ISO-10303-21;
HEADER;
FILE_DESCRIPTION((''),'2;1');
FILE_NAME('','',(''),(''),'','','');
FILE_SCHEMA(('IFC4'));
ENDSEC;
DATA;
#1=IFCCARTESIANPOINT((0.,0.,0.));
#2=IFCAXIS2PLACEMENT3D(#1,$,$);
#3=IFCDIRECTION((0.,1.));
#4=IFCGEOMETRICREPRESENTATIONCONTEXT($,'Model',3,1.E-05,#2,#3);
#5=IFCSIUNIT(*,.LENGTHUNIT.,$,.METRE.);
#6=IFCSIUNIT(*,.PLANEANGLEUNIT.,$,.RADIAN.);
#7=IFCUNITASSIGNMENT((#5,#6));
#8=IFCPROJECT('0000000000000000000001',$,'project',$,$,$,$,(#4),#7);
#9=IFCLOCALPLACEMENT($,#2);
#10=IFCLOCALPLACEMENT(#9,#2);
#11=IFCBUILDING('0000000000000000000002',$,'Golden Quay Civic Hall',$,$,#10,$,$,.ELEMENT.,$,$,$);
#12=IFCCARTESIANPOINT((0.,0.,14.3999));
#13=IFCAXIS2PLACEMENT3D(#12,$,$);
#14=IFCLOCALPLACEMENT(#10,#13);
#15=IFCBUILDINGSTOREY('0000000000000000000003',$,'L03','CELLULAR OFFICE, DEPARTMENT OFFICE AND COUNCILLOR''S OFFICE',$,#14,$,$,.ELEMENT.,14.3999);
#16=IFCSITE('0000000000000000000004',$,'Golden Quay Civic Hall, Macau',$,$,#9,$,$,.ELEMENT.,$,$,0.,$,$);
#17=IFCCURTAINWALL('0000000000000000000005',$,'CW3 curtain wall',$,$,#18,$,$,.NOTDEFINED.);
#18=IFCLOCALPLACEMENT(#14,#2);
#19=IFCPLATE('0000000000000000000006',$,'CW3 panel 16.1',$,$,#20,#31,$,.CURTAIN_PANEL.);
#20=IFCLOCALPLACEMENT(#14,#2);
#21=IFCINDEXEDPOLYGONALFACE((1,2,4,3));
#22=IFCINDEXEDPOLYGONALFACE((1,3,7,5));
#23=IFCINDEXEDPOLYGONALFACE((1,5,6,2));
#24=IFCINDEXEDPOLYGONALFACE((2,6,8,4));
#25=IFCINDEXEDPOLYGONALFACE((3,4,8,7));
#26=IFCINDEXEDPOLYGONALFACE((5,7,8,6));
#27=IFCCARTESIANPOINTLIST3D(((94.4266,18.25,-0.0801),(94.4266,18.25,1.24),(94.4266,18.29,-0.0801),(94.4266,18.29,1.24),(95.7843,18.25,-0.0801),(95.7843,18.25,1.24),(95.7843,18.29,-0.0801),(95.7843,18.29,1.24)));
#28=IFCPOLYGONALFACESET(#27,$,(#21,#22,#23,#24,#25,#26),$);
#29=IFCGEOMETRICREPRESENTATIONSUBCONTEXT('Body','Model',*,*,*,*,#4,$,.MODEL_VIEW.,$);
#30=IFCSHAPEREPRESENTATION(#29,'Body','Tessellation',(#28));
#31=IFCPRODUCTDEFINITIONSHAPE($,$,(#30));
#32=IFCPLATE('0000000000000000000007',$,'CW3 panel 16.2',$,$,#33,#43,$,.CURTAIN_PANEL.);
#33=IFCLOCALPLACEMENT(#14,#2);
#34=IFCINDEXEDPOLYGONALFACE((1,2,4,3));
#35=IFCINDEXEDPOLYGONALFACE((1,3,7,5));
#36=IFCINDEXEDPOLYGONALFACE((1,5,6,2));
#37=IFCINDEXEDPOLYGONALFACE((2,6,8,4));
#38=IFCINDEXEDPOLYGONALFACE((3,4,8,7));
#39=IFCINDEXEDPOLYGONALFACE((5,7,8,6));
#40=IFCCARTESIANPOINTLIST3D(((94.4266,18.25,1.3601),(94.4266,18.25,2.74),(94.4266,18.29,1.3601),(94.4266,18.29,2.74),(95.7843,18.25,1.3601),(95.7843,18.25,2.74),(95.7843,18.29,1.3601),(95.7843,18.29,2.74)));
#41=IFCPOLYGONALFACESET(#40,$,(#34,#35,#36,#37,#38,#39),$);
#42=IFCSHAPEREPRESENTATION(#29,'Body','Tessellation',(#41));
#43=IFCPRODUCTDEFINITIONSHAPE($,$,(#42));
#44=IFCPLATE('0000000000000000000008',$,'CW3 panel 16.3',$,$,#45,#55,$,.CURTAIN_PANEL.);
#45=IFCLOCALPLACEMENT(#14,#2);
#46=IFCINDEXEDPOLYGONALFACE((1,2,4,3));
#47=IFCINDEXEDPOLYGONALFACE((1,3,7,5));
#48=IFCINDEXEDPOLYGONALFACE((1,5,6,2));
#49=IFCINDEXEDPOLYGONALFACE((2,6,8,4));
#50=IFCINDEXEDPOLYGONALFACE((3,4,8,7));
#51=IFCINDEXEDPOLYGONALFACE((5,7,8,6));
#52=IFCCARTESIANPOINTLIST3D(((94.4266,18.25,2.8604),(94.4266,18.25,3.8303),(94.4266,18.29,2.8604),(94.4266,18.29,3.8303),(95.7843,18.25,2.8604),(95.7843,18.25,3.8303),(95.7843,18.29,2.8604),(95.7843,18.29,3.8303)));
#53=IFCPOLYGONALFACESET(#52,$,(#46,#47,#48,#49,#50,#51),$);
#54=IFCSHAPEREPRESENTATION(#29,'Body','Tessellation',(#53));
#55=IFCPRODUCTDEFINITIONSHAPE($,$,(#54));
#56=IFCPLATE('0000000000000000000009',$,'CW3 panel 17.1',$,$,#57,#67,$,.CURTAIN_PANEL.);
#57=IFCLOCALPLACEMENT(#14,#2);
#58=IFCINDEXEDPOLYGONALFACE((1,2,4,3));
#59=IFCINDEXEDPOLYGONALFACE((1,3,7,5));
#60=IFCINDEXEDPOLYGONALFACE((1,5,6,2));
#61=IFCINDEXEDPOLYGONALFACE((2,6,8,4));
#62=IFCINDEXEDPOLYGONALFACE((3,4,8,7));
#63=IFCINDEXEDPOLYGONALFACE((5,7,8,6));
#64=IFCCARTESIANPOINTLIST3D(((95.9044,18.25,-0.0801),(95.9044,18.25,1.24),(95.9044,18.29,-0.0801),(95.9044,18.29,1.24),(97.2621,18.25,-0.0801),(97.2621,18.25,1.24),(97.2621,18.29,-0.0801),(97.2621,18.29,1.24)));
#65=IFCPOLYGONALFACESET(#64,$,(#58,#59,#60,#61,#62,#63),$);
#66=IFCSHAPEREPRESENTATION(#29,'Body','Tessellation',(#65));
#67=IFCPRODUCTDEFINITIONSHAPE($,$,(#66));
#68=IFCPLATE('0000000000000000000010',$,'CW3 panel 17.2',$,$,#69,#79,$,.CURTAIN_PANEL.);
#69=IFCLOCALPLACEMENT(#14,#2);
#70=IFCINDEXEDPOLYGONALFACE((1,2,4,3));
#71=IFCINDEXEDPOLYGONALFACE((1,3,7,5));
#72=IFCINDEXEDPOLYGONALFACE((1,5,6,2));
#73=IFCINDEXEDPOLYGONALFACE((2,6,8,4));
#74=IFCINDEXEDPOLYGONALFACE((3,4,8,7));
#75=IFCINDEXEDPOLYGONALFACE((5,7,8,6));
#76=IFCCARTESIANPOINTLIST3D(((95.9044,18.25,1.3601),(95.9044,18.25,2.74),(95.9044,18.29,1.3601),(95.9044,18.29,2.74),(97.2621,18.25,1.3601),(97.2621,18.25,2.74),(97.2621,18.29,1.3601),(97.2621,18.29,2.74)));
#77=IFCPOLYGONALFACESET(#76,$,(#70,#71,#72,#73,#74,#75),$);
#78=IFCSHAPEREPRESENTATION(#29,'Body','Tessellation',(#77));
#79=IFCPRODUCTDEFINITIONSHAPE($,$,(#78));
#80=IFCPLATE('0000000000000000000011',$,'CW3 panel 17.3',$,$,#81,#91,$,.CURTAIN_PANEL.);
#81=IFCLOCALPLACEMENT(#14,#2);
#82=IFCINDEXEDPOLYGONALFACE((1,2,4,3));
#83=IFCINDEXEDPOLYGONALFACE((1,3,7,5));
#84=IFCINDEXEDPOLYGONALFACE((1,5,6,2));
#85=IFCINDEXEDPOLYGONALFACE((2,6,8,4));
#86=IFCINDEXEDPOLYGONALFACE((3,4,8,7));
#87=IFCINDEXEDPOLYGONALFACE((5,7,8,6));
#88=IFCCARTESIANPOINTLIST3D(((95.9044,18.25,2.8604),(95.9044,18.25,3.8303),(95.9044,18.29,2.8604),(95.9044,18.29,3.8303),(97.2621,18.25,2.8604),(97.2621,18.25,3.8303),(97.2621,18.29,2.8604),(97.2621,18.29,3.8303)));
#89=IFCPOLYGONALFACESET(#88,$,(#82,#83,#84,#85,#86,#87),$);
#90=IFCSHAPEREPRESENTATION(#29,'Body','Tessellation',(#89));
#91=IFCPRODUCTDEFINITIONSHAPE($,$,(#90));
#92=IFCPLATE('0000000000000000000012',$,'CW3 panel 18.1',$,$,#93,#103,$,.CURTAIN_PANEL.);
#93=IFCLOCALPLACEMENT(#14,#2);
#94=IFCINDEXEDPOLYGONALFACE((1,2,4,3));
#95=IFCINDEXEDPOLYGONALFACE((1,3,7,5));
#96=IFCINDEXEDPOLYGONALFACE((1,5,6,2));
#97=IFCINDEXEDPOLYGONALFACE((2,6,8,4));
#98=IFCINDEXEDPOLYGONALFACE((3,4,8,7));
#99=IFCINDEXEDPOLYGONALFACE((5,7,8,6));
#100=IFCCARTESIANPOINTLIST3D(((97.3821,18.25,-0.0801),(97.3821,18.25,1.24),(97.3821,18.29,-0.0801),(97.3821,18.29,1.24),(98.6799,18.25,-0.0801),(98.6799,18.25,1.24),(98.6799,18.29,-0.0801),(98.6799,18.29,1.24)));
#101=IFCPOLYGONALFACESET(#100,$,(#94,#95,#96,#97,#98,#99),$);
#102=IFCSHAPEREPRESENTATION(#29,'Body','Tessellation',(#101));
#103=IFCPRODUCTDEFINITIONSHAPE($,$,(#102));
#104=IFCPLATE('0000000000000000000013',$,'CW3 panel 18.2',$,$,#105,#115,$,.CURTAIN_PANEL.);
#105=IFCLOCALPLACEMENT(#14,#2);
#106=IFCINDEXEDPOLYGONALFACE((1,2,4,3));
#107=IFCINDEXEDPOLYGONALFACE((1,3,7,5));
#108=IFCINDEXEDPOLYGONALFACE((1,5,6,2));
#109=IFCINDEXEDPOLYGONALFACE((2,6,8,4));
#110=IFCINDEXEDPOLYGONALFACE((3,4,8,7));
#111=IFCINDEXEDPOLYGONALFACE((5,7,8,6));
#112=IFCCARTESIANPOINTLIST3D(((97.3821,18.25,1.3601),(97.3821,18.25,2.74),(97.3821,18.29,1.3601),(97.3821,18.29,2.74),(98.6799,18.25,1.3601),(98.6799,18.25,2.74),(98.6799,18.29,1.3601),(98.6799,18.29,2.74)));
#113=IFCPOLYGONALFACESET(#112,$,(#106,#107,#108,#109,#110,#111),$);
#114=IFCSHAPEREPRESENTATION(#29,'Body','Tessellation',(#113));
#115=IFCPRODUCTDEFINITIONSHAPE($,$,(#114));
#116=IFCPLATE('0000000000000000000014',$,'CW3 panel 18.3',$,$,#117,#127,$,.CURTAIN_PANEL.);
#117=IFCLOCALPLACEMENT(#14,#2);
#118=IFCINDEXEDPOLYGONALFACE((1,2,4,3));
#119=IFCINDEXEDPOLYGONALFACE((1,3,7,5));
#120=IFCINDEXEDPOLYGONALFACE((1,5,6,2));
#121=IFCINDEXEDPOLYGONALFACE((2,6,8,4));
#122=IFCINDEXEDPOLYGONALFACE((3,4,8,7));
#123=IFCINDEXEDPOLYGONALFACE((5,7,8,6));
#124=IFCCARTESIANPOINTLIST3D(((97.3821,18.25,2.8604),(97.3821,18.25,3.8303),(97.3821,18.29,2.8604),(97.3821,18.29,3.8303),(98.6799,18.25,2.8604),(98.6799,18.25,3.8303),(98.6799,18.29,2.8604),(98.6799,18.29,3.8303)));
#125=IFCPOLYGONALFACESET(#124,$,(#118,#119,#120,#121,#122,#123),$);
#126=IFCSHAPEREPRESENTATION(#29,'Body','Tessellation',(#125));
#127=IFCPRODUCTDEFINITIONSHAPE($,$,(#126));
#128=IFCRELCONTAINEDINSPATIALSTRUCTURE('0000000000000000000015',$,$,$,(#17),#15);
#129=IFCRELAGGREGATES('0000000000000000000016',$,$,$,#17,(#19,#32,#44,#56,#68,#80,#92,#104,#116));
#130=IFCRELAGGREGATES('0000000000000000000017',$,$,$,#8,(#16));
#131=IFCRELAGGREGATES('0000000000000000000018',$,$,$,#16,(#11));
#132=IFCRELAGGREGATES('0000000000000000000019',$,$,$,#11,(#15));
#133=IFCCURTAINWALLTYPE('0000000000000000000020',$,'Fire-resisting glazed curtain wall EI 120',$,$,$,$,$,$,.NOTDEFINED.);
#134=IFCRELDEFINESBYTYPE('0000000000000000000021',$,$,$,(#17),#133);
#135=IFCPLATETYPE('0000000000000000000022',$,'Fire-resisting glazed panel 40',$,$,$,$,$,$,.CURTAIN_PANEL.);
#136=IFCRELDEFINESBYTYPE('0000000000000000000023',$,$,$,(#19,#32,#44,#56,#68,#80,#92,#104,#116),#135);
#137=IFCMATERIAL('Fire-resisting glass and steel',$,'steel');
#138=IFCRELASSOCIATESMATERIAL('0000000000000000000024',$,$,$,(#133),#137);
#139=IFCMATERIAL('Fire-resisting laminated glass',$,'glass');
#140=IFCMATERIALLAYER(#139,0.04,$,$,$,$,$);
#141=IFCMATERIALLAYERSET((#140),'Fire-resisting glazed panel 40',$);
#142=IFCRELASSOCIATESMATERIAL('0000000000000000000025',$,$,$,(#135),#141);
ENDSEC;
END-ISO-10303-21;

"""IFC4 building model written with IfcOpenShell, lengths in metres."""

from ifc_helpers import new_model, si_unit, direction, frame, origin, origin_2d, place, context, subcontext, project, spatial, rectangle, extrude, material, layer, layer_set, type_object, element, aggregate, save


model = new_model("IFC4")

# Units and contexts
model_context = context("Model", 3, precision=1e-05, world=origin(), true_north=direction((0.0, 1.0)))
body_context = subcontext(model_context, "Body", "Model", "MODEL_VIEW")
ifc_project = project(units=[si_unit("LENGTHUNIT", "METRE"), si_unit("PLANEANGLEUNIT", "RADIAN")], contexts=[model_context])

# Site, building, storey
site_placement = place(None, origin())
site = spatial("IfcSite", under=ifc_project, at=site_placement, Name="Golden Quay Civic Hall, Macau", CompositionType="ELEMENT", RefElevation=0.0)
building_placement = place(site_placement, origin())
building = spatial("IfcBuilding", under=site, at=building_placement, Name="Golden Quay Civic Hall", CompositionType="ELEMENT")
storey_placement = place(building_placement, frame((0.0, 0.0, 14.3999)))
storey = spatial("IfcBuildingStorey", under=building, at=storey_placement, Name="L03", Description="CELLULAR OFFICE, DEPARTMENT OFFICE AND COUNCILLOR'S OFFICE", CompositionType="ELEMENT", Elevation=14.3999)

# Curtain wall
ifc_material_1 = material(Name="Fire-resisting glass and steel", Category="steel")
curtain_wall_type = type_object("IfcCurtainWallType", Name="Fire-resisting glazed curtain wall EI 120", PredefinedType="NOTDEFINED", material=ifc_material_1)
curtain_wall_placement = place(storey_placement, origin())
curtain_wall = element("IfcCurtainWall", 1, at=curtain_wall_placement, inside=storey, type_object=curtain_wall_type, Name="CW3 curtain wall", PredefinedType="NOTDEFINED")

# Plates
ifc_material_2 = material(Name="Fire-resisting laminated glass", Category="glass")
ifc_layer = layer(ifc_material_2, 0.04)
ifc_layer_set = layer_set([ifc_layer], Name="Fire-resisting glazed panel 40")
plate_type = type_object("IfcPlateType", Name="Fire-resisting glazed panel 40", PredefinedType="CURTAIN_PANEL", material=ifc_layer_set)
plate_1_placement = place(storey_placement, frame((95.1055, 18.27, -0.0801), z_axis=(0.0, 0.0, 1.0), x_axis=(1.0, 0.0, 0.0)))
plate_1 = element("IfcPlate", 2, at=plate_1_placement, type_object=plate_type, Name="CW3 panel 16.1", PredefinedType="CURTAIN_PANEL", context=body_context, shape_type="SweptSolid", body=[
    extrude(rectangle(XDim=1.3577, YDim=0.04, at=origin_2d()), origin(), (0.0, 0.0, 1.0), 1.3201),
])
plate_2_placement = place(storey_placement, frame((95.1055, 18.27, 1.3601), z_axis=(0.0, 0.0, 1.0), x_axis=(1.0, 0.0, 0.0)))
plate_2 = element("IfcPlate", 3, at=plate_2_placement, type_object=plate_type, Name="CW3 panel 16.2", PredefinedType="CURTAIN_PANEL", context=body_context, shape_type="SweptSolid", body=[
    extrude(rectangle(XDim=1.3577, YDim=0.04, at=origin_2d()), origin(), (0.0, 0.0, 1.0), 1.3799),
])
plate_3_placement = place(storey_placement, frame((95.1055, 18.27, 2.8604), z_axis=(0.0, 0.0, 1.0), x_axis=(1.0, 0.0, 0.0)))
plate_3 = element("IfcPlate", 4, at=plate_3_placement, type_object=plate_type, Name="CW3 panel 16.3", PredefinedType="CURTAIN_PANEL", context=body_context, shape_type="SweptSolid", body=[
    extrude(rectangle(XDim=1.3577, YDim=0.04, at=origin_2d()), origin(), (0.0, 0.0, 1.0), 0.97),
])
plate_4_placement = place(storey_placement, frame((96.5833, 18.27, -0.0801), z_axis=(0.0, 0.0, 1.0), x_axis=(1.0, 0.0, 0.0)))
plate_4 = element("IfcPlate", 5, at=plate_4_placement, type_object=plate_type, Name="CW3 panel 17.1", PredefinedType="CURTAIN_PANEL", context=body_context, shape_type="SweptSolid", body=[
    extrude(rectangle(XDim=1.3577, YDim=0.04, at=origin_2d()), origin(), (0.0, 0.0, 1.0), 1.3201),
])
plate_5_placement = place(storey_placement, frame((96.5833, 18.27, 1.3601), z_axis=(0.0, 0.0, 1.0), x_axis=(1.0, 0.0, 0.0)))
plate_5 = element("IfcPlate", 6, at=plate_5_placement, type_object=plate_type, Name="CW3 panel 17.2", PredefinedType="CURTAIN_PANEL", context=body_context, shape_type="SweptSolid", body=[
    extrude(rectangle(XDim=1.3577, YDim=0.04, at=origin_2d()), origin(), (0.0, 0.0, 1.0), 1.3799),
])
plate_6_placement = place(storey_placement, frame((96.5833, 18.27, 2.8604), z_axis=(0.0, 0.0, 1.0), x_axis=(1.0, 0.0, 0.0)))
plate_6 = element("IfcPlate", 7, at=plate_6_placement, type_object=plate_type, Name="CW3 panel 17.3", PredefinedType="CURTAIN_PANEL", context=body_context, shape_type="SweptSolid", body=[
    extrude(rectangle(XDim=1.3577, YDim=0.04, at=origin_2d()), origin(), (0.0, 0.0, 1.0), 0.97),
])
plate_7_placement = place(storey_placement, frame((98.031, 18.27, -0.0801), z_axis=(0.0, 0.0, 1.0), x_axis=(1.0, 0.0, 0.0)))
plate_7 = element("IfcPlate", 8, at=plate_7_placement, type_object=plate_type, Name="CW3 panel 18.1", PredefinedType="CURTAIN_PANEL", context=body_context, shape_type="SweptSolid", body=[
    extrude(rectangle(XDim=1.2979, YDim=0.04, at=origin_2d()), origin(), (0.0, 0.0, 1.0), 1.3201),
])
plate_8_placement = place(storey_placement, frame((98.031, 18.27, 1.3601), z_axis=(0.0, 0.0, 1.0), x_axis=(1.0, 0.0, 0.0)))
plate_8 = element("IfcPlate", 9, at=plate_8_placement, type_object=plate_type, Name="CW3 panel 18.2", PredefinedType="CURTAIN_PANEL", context=body_context, shape_type="SweptSolid", body=[
    extrude(rectangle(XDim=1.2979, YDim=0.04, at=origin_2d()), origin(), (0.0, 0.0, 1.0), 1.3799),
])
plate_9_placement = place(storey_placement, frame((98.031, 18.27, 2.8604), z_axis=(0.0, 0.0, 1.0), x_axis=(1.0, 0.0, 0.0)))
plate_9 = element("IfcPlate", 10, at=plate_9_placement, type_object=plate_type, Name="CW3 panel 18.3", PredefinedType="CURTAIN_PANEL", context=body_context, shape_type="SweptSolid", body=[
    extrude(rectangle(XDim=1.2979, YDim=0.04, at=origin_2d()), origin(), (0.0, 0.0, 1.0), 0.97),
])
aggregate(curtain_wall, [plate_1, plate_2, plate_3, plate_4, plate_5, plate_6, plate_7, plate_8, plate_9])

save(model, "model.ifc")
